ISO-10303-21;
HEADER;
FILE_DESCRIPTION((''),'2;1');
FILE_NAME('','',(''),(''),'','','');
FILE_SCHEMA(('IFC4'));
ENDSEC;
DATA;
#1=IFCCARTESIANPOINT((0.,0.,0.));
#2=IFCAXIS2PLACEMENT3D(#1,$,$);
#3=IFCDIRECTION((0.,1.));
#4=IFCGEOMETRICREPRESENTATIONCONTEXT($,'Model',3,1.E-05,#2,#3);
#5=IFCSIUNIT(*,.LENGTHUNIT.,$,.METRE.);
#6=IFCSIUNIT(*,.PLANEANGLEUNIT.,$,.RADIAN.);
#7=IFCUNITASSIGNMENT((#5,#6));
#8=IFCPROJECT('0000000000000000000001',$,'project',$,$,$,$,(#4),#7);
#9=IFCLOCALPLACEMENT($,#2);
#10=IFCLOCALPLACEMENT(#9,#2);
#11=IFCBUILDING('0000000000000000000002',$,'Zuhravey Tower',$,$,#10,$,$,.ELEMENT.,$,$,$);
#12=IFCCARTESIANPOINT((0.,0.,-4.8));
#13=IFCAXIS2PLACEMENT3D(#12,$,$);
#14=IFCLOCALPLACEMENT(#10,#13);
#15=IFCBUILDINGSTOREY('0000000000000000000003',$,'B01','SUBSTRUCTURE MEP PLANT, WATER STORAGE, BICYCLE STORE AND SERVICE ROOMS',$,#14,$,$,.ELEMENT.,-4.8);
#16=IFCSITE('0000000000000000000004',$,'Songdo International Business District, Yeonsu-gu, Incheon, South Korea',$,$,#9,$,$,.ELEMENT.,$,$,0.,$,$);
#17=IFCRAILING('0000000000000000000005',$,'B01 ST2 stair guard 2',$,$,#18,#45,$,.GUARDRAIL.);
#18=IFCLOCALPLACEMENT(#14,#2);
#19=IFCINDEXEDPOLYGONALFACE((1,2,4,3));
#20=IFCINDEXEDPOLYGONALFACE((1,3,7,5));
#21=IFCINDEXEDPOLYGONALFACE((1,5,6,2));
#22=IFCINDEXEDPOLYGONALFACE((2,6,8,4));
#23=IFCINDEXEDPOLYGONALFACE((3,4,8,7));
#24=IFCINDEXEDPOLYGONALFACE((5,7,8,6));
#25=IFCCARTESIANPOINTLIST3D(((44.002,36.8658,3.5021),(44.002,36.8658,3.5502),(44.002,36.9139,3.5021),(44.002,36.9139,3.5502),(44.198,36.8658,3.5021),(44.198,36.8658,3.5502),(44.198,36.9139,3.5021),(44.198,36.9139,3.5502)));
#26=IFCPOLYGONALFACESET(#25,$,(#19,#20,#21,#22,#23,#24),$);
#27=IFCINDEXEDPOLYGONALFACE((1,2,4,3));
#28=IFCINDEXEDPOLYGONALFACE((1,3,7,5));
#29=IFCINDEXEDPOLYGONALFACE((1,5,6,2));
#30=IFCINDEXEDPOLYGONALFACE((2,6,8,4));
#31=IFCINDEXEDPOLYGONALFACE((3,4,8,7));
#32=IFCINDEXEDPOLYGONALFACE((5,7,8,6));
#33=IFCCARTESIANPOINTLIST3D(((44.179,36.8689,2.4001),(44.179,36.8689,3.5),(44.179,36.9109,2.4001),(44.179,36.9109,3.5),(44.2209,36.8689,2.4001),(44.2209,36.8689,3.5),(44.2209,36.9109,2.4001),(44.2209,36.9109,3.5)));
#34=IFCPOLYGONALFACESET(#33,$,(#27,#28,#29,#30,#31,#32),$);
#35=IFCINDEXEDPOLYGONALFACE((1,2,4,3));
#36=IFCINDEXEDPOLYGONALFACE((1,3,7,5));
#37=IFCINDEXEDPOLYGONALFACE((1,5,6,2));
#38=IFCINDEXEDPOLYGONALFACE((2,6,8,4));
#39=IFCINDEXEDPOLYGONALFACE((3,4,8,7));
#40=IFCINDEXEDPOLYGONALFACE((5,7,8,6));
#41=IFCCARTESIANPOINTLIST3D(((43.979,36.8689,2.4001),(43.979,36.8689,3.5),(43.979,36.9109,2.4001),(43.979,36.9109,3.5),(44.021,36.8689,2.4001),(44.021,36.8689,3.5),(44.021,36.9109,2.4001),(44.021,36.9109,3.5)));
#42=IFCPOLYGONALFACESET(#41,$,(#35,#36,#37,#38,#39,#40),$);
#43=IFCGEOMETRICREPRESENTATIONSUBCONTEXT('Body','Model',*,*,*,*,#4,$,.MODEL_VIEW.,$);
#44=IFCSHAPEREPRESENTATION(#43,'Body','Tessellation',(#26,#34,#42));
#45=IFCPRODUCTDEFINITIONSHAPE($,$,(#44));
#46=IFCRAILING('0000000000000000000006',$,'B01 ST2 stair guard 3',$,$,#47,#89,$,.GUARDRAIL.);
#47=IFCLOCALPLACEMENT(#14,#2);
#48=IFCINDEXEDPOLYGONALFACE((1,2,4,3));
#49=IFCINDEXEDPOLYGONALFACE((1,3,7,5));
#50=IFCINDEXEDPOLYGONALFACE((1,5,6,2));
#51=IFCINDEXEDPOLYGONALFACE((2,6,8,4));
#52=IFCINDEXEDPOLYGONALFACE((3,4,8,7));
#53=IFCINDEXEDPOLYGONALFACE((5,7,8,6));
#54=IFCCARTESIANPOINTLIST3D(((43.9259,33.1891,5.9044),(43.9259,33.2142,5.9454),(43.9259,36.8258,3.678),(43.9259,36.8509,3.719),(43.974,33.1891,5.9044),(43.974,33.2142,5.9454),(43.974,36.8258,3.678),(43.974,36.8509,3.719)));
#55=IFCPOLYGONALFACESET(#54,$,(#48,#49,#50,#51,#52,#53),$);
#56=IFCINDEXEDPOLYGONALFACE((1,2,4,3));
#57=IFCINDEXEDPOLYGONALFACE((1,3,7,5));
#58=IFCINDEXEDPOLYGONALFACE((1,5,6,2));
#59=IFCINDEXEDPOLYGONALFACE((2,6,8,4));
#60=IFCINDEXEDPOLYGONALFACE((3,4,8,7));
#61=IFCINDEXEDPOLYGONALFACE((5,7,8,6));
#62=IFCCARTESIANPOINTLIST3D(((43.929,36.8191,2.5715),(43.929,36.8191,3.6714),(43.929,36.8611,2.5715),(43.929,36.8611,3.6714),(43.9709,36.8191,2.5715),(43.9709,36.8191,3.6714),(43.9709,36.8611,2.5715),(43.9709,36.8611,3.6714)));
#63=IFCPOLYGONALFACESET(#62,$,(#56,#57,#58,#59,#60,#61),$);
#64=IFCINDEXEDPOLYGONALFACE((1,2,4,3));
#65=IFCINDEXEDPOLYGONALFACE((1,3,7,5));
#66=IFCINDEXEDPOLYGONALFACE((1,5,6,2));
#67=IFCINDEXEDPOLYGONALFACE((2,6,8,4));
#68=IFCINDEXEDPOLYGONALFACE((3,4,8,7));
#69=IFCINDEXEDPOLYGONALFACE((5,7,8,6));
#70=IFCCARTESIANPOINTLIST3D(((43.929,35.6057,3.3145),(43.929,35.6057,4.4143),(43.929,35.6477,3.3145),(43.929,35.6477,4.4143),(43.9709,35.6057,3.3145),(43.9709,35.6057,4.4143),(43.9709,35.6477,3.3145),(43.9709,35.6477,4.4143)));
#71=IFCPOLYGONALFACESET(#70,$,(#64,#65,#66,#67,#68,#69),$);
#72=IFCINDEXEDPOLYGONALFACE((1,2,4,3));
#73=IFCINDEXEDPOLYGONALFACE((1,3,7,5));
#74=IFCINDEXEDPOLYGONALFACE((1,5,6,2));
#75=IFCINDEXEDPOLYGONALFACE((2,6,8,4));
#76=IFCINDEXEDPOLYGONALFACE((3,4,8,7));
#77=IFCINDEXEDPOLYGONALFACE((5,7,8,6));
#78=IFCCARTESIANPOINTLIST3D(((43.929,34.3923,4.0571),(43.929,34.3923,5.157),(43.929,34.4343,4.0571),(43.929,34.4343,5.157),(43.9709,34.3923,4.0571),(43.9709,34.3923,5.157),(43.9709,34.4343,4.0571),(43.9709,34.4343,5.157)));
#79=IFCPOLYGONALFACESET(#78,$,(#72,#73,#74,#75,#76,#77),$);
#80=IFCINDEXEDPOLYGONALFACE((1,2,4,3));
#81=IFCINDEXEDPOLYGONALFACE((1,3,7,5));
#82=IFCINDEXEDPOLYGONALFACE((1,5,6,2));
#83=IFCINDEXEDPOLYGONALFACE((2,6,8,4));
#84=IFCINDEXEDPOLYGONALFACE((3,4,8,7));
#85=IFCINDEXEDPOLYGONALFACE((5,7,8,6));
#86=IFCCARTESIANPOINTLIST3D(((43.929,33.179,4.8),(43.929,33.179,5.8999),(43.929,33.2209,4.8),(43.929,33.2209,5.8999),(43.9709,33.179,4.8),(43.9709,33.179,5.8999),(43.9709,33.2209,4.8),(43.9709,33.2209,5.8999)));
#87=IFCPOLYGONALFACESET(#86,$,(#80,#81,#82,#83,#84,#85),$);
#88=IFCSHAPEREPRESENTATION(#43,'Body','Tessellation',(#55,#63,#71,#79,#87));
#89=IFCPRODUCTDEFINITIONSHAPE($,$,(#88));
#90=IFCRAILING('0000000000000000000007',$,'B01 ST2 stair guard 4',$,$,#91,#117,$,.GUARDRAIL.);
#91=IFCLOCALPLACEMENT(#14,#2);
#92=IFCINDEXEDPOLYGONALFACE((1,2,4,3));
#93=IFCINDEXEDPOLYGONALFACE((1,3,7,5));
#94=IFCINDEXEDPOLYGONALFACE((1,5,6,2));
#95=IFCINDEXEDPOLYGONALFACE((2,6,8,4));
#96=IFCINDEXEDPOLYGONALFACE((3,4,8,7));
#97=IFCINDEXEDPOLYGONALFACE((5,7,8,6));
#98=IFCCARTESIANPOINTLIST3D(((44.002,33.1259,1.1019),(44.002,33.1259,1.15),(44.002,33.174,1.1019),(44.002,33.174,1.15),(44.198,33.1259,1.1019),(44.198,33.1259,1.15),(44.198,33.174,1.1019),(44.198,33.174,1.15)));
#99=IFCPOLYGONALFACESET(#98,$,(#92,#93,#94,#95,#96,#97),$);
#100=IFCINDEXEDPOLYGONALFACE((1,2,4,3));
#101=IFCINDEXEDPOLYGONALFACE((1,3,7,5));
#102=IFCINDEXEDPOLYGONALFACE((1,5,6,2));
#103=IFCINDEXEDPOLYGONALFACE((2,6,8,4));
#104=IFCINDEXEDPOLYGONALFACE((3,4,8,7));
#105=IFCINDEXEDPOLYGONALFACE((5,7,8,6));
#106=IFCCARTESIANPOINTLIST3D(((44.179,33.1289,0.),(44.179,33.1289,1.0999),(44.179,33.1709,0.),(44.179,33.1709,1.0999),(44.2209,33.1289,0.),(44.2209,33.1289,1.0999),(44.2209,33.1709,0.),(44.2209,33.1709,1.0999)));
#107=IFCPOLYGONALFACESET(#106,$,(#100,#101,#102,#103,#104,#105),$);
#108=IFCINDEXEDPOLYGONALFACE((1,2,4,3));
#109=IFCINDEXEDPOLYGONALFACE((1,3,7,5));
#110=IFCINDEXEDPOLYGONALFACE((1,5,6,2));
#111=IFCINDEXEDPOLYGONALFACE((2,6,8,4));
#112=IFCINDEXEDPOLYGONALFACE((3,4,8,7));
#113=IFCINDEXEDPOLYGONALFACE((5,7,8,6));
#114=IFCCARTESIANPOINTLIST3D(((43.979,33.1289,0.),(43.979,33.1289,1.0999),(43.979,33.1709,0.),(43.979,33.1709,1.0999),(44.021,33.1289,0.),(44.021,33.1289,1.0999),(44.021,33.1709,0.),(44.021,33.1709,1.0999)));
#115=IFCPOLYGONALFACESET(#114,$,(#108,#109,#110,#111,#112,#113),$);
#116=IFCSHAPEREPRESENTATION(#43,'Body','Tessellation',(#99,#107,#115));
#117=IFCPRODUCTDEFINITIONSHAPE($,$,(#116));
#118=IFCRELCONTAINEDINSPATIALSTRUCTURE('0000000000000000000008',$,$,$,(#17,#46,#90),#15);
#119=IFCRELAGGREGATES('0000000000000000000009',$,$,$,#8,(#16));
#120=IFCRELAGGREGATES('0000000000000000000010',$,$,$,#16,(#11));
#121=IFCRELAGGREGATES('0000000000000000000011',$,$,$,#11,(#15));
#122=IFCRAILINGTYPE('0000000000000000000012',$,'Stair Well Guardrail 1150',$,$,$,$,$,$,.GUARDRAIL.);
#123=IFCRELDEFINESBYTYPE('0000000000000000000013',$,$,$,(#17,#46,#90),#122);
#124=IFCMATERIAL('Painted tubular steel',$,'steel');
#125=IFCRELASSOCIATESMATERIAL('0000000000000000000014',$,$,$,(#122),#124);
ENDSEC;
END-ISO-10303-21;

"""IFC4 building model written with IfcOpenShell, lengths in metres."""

from ifc_helpers import new_model, si_unit, direction, frame, origin, origin_2d, place, context, subcontext, project, spatial, rectangle, extrude, material, type_object, element, save


model = new_model("IFC4")

# Units and contexts
model_context = context("Model", 3, precision=1e-05, world=origin(), true_north=direction((0.0, 1.0)))
body_context = subcontext(model_context, "Body", "Model", "MODEL_VIEW")
ifc_project = project(units=[si_unit("LENGTHUNIT", "METRE"), si_unit("PLANEANGLEUNIT", "RADIAN")], contexts=[model_context])

# Site, building, storey
site_placement = place(None, origin())
site = spatial("IfcSite", under=ifc_project, at=site_placement, Name="Songdo International Business District, Yeonsu-gu, Incheon, South Korea", CompositionType="ELEMENT", RefElevation=0.0)
building_placement = place(site_placement, origin())
building = spatial("IfcBuilding", under=site, at=building_placement, Name="Zuhravey Tower", CompositionType="ELEMENT")
storey_placement = place(building_placement, frame((0.0, 0.0, -4.8)))
storey = spatial("IfcBuildingStorey", under=building, at=storey_placement, Name="B01", Description="SUBSTRUCTURE MEP PLANT, WATER STORAGE, BICYCLE STORE AND SERVICE ROOMS", CompositionType="ELEMENT", Elevation=-4.8)

# Railings
ifc_material_1 = material(Name="Painted tubular steel", Category="steel")
railing_type_1 = type_object("IfcRailingType", Name="Stair Well Guardrail 1150", PredefinedType="GUARDRAIL", material=ifc_material_1)
railing_1_placement = place(storey_placement, frame((44.2, 36.8899, 2.4001)))
element("IfcRailing", 1, at=railing_1_placement, inside=storey, type_object=railing_type_1, Name="B01 ST2 stair guard 2", PredefinedType="GUARDRAIL", context=body_context, shape_type="SweptSolid", body=[
    extrude(rectangle(XDim=0.0481, YDim=0.0481, at=origin_2d()), frame((-0.002, 0.0, 1.126), z_axis=(-1.0, 0.0, 0.0), x_axis=(0.0, -1.0, 0.0)), (0.0, 0.0, 1.0), 0.196),
    extrude(rectangle(XDim=0.042, YDim=0.042, at=origin_2d()), origin(), (0.0, 0.0, 1.0), 1.0999),
    extrude(rectangle(XDim=0.042, YDim=0.042, at=origin_2d()), frame((-0.2, 0.0, 0.0)), (0.0, 0.0, 1.0), 1.0999),
])
railing_2_placement = place(storey_placement, frame((43.95, 36.8401, 2.5715)))
element("IfcRailing", 2, at=railing_2_placement, inside=storey, type_object=railing_type_1, Name="B01 ST2 stair guard 3", PredefinedType="GUARDRAIL", context=body_context, shape_type="SweptSolid", body=[
    extrude(rectangle(XDim=0.0481, YDim=0.0481, at=origin_2d()), frame((0.0, -0.0017, 1.127), z_axis=(0.0, -0.852866, 0.52213), x_axis=(1.0, 0.0, 0.0)), (0.0, 0.0, 1.0), 4.2642),
    extrude(rectangle(XDim=0.042, YDim=0.042, at=origin_2d()), origin(), (0.0, 0.0, 1.0), 1.0999),
    extrude(rectangle(XDim=0.042, YDim=0.042, at=origin_2d()), frame((0.0, -1.2134, 0.7429)), (0.0, 0.0, 1.0), 1.0999),
    extrude(rectangle(XDim=0.042, YDim=0.042, at=origin_2d()), frame((0.0, -2.4268, 1.4856)), (0.0, 0.0, 1.0), 1.0999),
    extrude(rectangle(XDim=0.042, YDim=0.042, at=origin_2d()), frame((0.0, -3.6401, 2.2285)), (0.0, 0.0, 1.0), 1.0999),
])
railing_3_placement = place(storey_placement, frame((44.2, 33.1499, 0.0)))
element("IfcRailing", 3, at=railing_3_placement, inside=storey, type_object=railing_type_1, Name="B01 ST2 stair guard 4", PredefinedType="GUARDRAIL", context=body_context, shape_type="SweptSolid", body=[
    extrude(rectangle(XDim=0.0481, YDim=0.0481, at=origin_2d()), frame((-0.002, 0.0, 1.126), z_axis=(-1.0, 0.0, 0.0), x_axis=(0.0, -1.0, 0.0)), (0.0, 0.0, 1.0), 0.196),
    extrude(rectangle(XDim=0.042, YDim=0.042, at=origin_2d()), origin(), (0.0, 0.0, 1.0), 1.0999),
    extrude(rectangle(XDim=0.042, YDim=0.042, at=origin_2d()), frame((-0.2, 0.0, 0.0)), (0.0, 0.0, 1.0), 1.0999),
])

save(model, "model.ifc")
